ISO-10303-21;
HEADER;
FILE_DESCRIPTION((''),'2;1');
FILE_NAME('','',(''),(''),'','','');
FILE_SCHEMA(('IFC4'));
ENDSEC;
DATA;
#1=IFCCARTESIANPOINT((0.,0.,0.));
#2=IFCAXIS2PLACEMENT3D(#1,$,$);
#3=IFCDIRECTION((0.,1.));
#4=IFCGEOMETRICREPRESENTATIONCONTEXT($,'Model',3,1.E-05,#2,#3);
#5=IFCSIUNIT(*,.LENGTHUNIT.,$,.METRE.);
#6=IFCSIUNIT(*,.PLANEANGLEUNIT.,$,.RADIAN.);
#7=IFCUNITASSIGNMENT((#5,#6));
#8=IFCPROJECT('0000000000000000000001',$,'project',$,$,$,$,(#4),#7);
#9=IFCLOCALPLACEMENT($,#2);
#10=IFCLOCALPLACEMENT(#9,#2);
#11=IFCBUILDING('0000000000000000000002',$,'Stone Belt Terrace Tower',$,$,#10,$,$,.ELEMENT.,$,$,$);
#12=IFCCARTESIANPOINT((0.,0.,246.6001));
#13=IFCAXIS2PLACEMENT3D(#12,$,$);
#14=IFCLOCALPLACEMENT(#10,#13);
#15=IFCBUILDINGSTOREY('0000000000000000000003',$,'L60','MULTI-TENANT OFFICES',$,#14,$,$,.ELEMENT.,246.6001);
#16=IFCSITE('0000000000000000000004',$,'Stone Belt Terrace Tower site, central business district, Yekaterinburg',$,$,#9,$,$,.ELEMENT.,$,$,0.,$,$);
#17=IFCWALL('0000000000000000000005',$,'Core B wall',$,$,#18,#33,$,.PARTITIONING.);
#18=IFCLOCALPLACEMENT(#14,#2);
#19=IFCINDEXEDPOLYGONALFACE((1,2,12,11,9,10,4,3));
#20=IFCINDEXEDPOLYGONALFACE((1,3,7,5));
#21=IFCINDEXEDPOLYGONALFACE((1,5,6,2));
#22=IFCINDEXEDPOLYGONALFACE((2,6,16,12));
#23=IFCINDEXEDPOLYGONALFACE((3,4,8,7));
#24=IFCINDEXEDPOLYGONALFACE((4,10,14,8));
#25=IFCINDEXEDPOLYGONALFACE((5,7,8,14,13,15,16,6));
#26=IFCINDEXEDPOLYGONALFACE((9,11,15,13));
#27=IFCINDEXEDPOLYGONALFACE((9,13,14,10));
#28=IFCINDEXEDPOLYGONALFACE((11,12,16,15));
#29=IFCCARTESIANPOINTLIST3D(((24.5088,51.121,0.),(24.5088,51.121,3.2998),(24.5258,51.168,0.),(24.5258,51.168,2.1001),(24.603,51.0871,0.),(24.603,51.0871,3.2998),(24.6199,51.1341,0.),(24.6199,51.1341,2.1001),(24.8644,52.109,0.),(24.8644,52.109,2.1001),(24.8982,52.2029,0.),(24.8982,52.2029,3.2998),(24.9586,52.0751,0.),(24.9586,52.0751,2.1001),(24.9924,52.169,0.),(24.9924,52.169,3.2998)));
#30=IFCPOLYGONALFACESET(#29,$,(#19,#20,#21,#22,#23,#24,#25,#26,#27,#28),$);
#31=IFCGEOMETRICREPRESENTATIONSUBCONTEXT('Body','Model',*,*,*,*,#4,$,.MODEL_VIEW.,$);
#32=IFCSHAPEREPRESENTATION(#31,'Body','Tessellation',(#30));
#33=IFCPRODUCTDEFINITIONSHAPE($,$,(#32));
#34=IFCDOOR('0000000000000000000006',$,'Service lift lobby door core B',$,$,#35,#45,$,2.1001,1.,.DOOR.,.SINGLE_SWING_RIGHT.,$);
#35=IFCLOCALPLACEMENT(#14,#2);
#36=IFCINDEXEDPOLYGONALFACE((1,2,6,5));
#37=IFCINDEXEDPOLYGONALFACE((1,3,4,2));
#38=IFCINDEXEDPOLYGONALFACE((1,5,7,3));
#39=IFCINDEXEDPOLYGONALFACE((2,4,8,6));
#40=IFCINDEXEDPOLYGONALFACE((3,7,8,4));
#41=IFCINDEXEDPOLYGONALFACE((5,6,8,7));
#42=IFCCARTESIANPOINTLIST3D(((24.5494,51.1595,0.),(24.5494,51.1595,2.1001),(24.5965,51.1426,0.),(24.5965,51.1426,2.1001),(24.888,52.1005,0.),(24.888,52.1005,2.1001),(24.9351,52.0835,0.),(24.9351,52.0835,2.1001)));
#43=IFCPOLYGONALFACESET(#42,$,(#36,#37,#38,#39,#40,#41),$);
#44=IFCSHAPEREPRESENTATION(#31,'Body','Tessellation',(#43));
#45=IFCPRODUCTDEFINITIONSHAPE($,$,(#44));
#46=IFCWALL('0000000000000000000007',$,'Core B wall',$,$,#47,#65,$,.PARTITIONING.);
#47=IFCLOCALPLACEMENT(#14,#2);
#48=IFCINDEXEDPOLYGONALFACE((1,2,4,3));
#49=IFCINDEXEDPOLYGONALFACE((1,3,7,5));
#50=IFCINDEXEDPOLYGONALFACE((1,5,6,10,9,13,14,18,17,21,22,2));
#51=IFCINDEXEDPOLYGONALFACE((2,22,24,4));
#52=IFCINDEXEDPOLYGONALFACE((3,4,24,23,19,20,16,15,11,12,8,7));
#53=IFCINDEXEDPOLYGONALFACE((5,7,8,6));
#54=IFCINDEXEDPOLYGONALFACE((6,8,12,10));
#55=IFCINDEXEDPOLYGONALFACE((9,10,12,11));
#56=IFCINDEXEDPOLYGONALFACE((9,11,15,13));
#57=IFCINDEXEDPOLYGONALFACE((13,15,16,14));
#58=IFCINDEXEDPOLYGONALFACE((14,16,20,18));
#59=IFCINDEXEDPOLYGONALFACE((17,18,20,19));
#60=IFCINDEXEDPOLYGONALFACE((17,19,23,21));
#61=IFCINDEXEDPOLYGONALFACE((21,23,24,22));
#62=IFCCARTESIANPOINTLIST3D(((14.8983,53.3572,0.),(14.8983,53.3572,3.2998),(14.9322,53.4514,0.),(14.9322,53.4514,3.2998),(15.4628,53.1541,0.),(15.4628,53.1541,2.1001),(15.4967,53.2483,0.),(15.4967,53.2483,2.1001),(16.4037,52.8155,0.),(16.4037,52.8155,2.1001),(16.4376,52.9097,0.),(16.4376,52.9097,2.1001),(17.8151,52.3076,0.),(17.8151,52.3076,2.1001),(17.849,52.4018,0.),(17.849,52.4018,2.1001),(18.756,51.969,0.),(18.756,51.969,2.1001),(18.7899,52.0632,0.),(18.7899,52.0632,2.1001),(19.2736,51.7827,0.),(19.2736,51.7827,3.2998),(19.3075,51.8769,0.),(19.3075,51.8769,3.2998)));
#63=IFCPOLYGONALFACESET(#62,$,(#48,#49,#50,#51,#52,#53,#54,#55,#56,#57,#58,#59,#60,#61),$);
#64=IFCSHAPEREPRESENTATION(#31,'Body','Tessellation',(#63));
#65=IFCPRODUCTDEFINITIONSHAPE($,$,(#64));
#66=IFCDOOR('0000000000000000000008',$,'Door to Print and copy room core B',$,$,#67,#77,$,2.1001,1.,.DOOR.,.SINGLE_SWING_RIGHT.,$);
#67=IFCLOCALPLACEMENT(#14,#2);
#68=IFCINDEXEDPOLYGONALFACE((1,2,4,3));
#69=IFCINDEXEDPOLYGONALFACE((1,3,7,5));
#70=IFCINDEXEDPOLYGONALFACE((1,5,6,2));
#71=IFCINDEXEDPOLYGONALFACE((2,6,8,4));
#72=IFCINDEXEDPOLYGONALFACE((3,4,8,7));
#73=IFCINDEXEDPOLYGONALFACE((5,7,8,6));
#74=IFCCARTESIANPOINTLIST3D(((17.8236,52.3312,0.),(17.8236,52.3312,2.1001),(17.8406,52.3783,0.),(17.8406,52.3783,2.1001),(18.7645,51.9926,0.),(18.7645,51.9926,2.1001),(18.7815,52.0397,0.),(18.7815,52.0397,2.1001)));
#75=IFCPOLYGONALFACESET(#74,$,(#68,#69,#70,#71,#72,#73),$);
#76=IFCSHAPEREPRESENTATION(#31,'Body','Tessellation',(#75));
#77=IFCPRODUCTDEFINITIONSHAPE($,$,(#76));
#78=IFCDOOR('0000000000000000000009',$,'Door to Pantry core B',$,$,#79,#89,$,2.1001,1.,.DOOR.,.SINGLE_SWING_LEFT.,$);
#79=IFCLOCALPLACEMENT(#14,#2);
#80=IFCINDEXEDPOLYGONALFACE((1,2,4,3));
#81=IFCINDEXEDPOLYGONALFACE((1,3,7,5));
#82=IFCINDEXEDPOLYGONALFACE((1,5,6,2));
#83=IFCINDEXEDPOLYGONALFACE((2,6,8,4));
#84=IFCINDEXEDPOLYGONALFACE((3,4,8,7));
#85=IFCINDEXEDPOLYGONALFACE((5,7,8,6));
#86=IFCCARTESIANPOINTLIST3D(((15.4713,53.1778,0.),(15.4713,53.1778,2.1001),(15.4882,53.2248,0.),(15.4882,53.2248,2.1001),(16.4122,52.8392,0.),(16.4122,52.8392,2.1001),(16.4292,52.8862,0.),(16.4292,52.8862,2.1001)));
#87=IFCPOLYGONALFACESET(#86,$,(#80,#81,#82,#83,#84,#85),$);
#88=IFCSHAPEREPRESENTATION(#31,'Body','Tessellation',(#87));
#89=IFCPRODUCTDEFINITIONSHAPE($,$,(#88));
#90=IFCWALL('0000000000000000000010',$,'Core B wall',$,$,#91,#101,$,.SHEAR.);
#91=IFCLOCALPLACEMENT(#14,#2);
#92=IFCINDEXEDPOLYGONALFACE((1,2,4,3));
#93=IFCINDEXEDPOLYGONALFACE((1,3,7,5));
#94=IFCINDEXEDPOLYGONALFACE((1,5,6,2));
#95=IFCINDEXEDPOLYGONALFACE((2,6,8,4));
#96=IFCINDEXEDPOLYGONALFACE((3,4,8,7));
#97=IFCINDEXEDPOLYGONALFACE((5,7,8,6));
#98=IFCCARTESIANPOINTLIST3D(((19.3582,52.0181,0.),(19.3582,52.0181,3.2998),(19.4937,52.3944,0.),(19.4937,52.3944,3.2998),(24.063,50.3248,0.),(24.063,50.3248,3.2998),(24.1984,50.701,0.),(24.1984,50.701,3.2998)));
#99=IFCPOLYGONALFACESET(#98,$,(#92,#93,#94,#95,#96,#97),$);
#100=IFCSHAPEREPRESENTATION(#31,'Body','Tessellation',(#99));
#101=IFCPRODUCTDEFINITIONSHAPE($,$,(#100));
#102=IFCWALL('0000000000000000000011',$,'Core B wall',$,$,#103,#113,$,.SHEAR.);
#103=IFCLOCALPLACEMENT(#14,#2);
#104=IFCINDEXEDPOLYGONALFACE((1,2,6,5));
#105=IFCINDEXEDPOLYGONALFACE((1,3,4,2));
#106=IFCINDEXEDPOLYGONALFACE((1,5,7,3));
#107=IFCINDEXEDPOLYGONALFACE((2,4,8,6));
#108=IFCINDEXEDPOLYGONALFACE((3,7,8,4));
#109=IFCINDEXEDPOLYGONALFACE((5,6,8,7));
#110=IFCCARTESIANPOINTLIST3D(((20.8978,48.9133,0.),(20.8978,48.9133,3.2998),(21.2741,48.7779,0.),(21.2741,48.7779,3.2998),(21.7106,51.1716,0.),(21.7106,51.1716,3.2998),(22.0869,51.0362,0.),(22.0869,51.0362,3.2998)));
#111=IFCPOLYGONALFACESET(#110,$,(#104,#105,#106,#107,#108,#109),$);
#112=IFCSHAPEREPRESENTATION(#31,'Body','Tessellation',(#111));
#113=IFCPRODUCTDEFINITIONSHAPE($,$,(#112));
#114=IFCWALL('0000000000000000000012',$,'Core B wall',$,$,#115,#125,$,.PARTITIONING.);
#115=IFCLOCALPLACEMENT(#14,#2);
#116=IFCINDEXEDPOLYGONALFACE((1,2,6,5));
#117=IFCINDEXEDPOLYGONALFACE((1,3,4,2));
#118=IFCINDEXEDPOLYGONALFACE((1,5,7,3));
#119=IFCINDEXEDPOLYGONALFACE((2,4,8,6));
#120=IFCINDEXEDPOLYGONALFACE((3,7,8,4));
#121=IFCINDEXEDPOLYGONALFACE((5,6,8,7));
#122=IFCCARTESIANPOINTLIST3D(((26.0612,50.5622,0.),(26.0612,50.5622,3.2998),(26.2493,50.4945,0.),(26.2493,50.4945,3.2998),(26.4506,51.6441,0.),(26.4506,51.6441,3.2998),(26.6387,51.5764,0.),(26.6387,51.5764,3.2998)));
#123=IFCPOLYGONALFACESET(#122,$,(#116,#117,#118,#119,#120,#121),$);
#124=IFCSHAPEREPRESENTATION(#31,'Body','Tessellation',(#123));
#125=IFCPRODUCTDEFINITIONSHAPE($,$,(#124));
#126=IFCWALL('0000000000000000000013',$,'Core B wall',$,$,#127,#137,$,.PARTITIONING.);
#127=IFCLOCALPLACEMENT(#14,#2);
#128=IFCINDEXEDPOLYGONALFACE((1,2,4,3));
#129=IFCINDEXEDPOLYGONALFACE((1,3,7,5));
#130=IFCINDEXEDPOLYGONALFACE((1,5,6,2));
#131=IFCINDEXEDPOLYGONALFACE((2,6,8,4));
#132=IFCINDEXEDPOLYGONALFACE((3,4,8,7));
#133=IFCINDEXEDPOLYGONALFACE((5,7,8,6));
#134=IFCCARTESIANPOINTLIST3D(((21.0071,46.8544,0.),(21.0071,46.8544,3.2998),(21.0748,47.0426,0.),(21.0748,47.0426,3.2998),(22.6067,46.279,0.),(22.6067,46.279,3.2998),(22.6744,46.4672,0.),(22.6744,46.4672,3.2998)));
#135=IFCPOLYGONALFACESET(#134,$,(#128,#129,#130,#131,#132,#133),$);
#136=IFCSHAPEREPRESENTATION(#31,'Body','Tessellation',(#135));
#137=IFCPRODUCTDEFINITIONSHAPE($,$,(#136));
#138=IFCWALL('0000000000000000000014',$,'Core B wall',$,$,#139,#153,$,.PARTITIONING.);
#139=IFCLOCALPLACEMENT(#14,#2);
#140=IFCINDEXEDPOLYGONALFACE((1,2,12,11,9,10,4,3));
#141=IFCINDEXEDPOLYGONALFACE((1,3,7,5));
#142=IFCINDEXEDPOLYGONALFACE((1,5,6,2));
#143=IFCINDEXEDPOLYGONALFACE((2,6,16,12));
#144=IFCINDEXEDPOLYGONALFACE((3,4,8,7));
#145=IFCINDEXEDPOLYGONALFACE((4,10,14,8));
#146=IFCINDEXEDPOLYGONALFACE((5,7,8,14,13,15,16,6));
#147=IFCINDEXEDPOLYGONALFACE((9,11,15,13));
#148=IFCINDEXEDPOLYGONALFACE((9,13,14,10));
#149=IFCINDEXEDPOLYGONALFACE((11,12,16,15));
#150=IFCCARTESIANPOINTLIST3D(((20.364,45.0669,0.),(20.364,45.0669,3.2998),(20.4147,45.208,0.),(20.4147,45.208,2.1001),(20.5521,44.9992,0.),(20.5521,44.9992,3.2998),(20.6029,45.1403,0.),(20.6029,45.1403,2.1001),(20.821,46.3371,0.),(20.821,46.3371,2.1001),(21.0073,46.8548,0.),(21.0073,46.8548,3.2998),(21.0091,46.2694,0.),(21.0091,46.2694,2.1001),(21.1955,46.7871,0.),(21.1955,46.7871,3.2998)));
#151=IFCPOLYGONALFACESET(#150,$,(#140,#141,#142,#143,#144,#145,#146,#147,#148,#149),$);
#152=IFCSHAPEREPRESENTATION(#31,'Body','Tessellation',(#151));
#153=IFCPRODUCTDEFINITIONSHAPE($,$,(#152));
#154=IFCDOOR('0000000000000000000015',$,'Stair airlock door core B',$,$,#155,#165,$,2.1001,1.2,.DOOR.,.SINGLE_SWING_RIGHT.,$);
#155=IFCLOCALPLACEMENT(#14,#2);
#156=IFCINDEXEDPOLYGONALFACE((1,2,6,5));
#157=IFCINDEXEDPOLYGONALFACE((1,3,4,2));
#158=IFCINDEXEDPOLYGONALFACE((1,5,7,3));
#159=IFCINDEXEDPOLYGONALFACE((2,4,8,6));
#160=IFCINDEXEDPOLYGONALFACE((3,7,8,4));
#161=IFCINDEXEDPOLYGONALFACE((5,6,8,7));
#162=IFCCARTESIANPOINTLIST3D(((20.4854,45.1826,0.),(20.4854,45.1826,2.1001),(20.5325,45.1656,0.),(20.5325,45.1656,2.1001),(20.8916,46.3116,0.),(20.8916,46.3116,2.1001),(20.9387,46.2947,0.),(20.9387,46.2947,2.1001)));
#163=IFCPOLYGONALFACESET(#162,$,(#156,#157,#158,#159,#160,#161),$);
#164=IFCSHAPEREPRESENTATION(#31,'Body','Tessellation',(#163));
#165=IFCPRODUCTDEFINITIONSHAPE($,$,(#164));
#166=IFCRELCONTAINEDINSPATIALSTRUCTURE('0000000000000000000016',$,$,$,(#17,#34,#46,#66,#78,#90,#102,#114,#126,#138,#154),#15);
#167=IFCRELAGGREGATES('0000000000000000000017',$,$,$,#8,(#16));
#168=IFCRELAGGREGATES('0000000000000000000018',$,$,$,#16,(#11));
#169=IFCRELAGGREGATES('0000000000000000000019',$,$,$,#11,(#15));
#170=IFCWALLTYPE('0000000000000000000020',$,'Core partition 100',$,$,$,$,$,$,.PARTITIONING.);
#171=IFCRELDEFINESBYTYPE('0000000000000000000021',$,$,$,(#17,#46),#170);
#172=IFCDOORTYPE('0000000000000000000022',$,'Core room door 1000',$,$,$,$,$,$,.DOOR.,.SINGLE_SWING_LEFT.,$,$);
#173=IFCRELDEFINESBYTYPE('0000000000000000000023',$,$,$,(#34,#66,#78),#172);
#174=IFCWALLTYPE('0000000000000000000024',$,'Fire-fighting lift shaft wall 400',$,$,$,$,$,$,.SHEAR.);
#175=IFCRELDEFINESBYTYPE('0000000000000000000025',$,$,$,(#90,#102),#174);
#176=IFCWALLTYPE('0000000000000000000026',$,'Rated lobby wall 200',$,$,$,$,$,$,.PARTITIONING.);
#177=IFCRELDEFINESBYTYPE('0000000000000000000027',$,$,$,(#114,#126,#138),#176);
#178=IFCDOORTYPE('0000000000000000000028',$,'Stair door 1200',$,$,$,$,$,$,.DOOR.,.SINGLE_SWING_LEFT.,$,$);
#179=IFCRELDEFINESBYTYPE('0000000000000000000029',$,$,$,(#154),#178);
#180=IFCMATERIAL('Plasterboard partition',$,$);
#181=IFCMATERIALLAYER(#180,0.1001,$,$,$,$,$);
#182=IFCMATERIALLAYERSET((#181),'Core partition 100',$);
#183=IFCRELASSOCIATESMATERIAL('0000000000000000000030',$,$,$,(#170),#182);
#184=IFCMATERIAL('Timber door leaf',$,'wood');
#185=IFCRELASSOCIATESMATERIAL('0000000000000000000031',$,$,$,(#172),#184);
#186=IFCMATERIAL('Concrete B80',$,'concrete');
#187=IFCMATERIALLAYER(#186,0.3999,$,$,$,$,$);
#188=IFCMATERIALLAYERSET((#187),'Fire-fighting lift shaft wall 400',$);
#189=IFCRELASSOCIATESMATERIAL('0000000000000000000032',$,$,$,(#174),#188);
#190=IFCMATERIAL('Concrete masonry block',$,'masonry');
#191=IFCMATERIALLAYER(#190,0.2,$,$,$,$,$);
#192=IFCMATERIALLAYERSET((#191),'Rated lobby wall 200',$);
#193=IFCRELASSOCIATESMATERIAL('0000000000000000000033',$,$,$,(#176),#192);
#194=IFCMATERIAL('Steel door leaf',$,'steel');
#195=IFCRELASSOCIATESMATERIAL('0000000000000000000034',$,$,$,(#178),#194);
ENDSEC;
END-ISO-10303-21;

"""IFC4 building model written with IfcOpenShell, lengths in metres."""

from ifc_helpers import new_model, si_unit, direction, frame, frame_2d, origin, place, context, subcontext, project, spatial, rectangle, extrude, material, layer, layer_set, type_object, element, fill, save


model = new_model("IFC4")

# Units and contexts
model_context = context("Model", 3, precision=1e-05, world=origin(), true_north=direction((0.0, 1.0)))
body_context = subcontext(model_context, "Body", "Model", "MODEL_VIEW")
ifc_project = project(units=[si_unit("LENGTHUNIT", "METRE"), si_unit("PLANEANGLEUNIT", "RADIAN")], contexts=[model_context])

# Site, building, storey
site_placement = place(None, origin())
site = spatial("IfcSite", under=ifc_project, at=site_placement, Name="Stone Belt Terrace Tower site, central business district, Yekaterinburg", CompositionType="ELEMENT", RefElevation=0.0)
building_placement = place(site_placement, origin())
building = spatial("IfcBuilding", under=site, at=building_placement, Name="Stone Belt Terrace Tower", CompositionType="ELEMENT")
storey_placement = place(building_placement, frame((0.0, 0.0, 246.6001)))
storey = spatial("IfcBuildingStorey", under=building, at=storey_placement, Name="L60", Description="MULTI-TENANT OFFICES", CompositionType="ELEMENT", Elevation=246.6001)

# Wall, opening, door
ifc_material_1 = material(Name="Plasterboard partition")
ifc_layer_1 = layer(ifc_material_1, 0.1001)
ifc_layer_set_1 = layer_set([ifc_layer_1], Name="Core partition 100")
wall_type_1 = type_object("IfcWallType", Name="Core partition 100", PredefinedType="PARTITIONING", material=ifc_layer_set_1)
wall_1_placement = place(storey_placement, frame((24.5559, 51.104, 0.0), z_axis=(0.0, 0.0, 1.0), x_axis=(0.338622, 0.940923, 0.0)))
wall_1 = element("IfcWall", 1, at=wall_1_placement, inside=storey, type_object=wall_type_1, Name="Core B wall", PredefinedType="PARTITIONING", context=body_context, shape_type="SweptSolid", body=[
    extrude(rectangle(XDim=1.1499, YDim=0.1001, at=frame_2d((0.575, 0.0))), origin(), (0.0, 0.0, 1.0), 3.2998),
])
opening_1_placement = place(wall_1_placement, frame((0.05, 0.0, 0.0)))
opening_1 = element("IfcOpeningElement", 2, at=opening_1_placement, cuts=wall_1, PredefinedType="OPENING", context=body_context, shape_type="SweptSolid", body=[
    extrude(rectangle(XDim=1.0, YDim=2.1001, at=frame_2d((0.5, 1.05))), frame((0.0, 0.0601, 0.0), z_axis=(0.0, -1.0, 0.0), x_axis=(1.0, 0.0, 0.0)), (0.0, 0.0, 1.0), 0.1201),
])
ifc_material_2 = material(Name="Timber door leaf", Category="wood")
door_type_1 = type_object("IfcDoorType", Name="Core room door 1000", OperationType="SINGLE_SWING_LEFT", PredefinedType="DOOR", material=ifc_material_2)
door_1_placement = place(opening_1_placement, origin())
door_1 = element("IfcDoor", 3, at=door_1_placement, inside=storey, type_object=door_type_1, Name="Service lift lobby door core B", OperationType="SINGLE_SWING_RIGHT", OverallHeight=2.1001, OverallWidth=1.0, PredefinedType="DOOR", context=body_context, shape_type="SweptSolid", body=[
    extrude(rectangle(XDim=1.0, YDim=2.1001, at=frame_2d((0.5, 1.05))), frame((0.0, 0.0249, 0.0), z_axis=(0.0, -1.0, 0.0), x_axis=(1.0, 0.0, 0.0)), (0.0, 0.0, 1.0), 0.05),
])
fill(opening_1, door_1)

# Wall, openings, doors
wall_2_placement = place(storey_placement, frame((19.2905, 51.8298, 0.0), z_axis=(0.0, 0.0, 1.0), x_axis=(-0.94093, 0.3386, 0.0)))
wall_2 = element("IfcWall", 4, at=wall_2_placement, inside=storey, type_object=wall_type_1, Name="Core B wall", PredefinedType="PARTITIONING", context=body_context, shape_type="SweptSolid", body=[
    extrude(rectangle(XDim=4.6499, YDim=0.1001, at=frame_2d((2.325, 0.0))), origin(), (0.0, 0.0, 1.0), 3.2998),
])
opening_2_placement = place(wall_2_placement, frame((0.55, 0.0, 0.0)))
opening_2 = element("IfcOpeningElement", 5, at=opening_2_placement, cuts=wall_2, PredefinedType="OPENING", context=body_context, shape_type="SweptSolid", body=[
    extrude(rectangle(XDim=1.0, YDim=2.1001, at=frame_2d((0.5, 1.05))), frame((0.0, 0.0601, 0.0), z_axis=(0.0, -1.0, 0.0), x_axis=(1.0, 0.0, 0.0)), (0.0, 0.0, 1.0), 0.1201),
])
opening_3_placement = place(wall_2_placement, frame((3.05, 0.0, 0.0)))
opening_3 = element("IfcOpeningElement", 6, at=opening_3_placement, cuts=wall_2, PredefinedType="OPENING", context=body_context, shape_type="SweptSolid", body=[
    extrude(rectangle(XDim=1.0, YDim=2.1001, at=frame_2d((0.5, 1.05))), frame((0.0, 0.0601, 0.0), z_axis=(0.0, -1.0, 0.0), x_axis=(1.0, 0.0, 0.0)), (0.0, 0.0, 1.0), 0.1201),
])
door_2_placement = place(opening_2_placement, origin())
door_2 = element("IfcDoor", 7, at=door_2_placement, inside=storey, type_object=door_type_1, Name="Door to Print and copy room core B", OperationType="SINGLE_SWING_RIGHT", OverallHeight=2.1001, OverallWidth=1.0, PredefinedType="DOOR", context=body_context, shape_type="SweptSolid", body=[
    extrude(rectangle(XDim=1.0, YDim=2.1001, at=frame_2d((0.5, 1.05))), frame((0.0, 0.0249, 0.0), z_axis=(0.0, -1.0, 0.0), x_axis=(1.0, 0.0, 0.0)), (0.0, 0.0, 1.0), 0.05),
])
fill(opening_2, door_2)
door_3_placement = place(opening_3_placement, origin())
door_3 = element("IfcDoor", 8, at=door_3_placement, inside=storey, type_object=door_type_1, Name="Door to Pantry core B", OperationType="SINGLE_SWING_LEFT", OverallHeight=2.1001, OverallWidth=1.0, PredefinedType="DOOR", context=body_context, shape_type="SweptSolid", body=[
    extrude(rectangle(XDim=1.0, YDim=2.1001, at=frame_2d((0.5, 1.05))), frame((0.0, 0.0249, 0.0), z_axis=(0.0, -1.0, 0.0), x_axis=(1.0, 0.0, 0.0)), (0.0, 0.0, 1.0), 0.05),
])
fill(opening_3, door_3)

# Walls
ifc_material_3 = material(Name="Concrete B80", Category="concrete")
ifc_layer_2 = layer(ifc_material_3, 0.3999)
ifc_layer_set_2 = layer_set([ifc_layer_2], Name="Fire-fighting lift shaft wall 400")
wall_type_2 = type_object("IfcWallType", Name="Fire-fighting lift shaft wall 400", PredefinedType="SHEAR", material=ifc_layer_set_2)
wall_3_placement = place(storey_placement, frame((24.1306, 50.5129, 0.0), z_axis=(0.0, 0.0, 1.0), x_axis=(-0.940912, 0.338652, 0.0)))
element("IfcWall", 9, at=wall_3_placement, inside=storey, type_object=wall_type_2, Name="Core B wall", PredefinedType="SHEAR", context=body_context, shape_type="SweptSolid", body=[
    extrude(rectangle(XDim=5.0002, YDim=0.3999, at=frame_2d((2.5, 0.0))), origin(), (0.0, 0.0, 1.0), 3.2998),
])
wall_4_placement = place(storey_placement, frame((21.0859, 48.8455, 0.0), z_axis=(0.0, 0.0, 1.0), x_axis=(0.338629, 0.94092, 0.0)))
element("IfcWall", 10, at=wall_4_placement, inside=storey, type_object=wall_type_2, Name="Core B wall", PredefinedType="SHEAR", context=body_context, shape_type="SweptSolid", body=[
    extrude(rectangle(XDim=2.4001, YDim=0.3999, at=frame_2d((1.2002, 0.0))), origin(), (0.0, 0.0, 1.0), 3.2998),
])
ifc_material_4 = material(Name="Concrete masonry block", Category="masonry")
ifc_layer_3 = layer(ifc_material_4, 0.2)
ifc_layer_set_3 = layer_set([ifc_layer_3], Name="Rated lobby wall 200")
wall_type_3 = type_object("IfcWallType", Name="Rated lobby wall 200", PredefinedType="PARTITIONING", material=ifc_layer_set_3)
wall_5_placement = place(storey_placement, frame((26.1553, 50.5283, 0.0), z_axis=(0.0, 0.0, 1.0), x_axis=(0.338622, 0.940923, 0.0)))
element("IfcWall", 11, at=wall_5_placement, inside=storey, type_object=wall_type_3, Name="Core B wall", PredefinedType="PARTITIONING", context=body_context, shape_type="SweptSolid", body=[
    extrude(rectangle(XDim=1.1499, YDim=0.2, at=frame_2d((0.575, 0.0))), origin(), (0.0, 0.0, 1.0), 3.2998),
])
wall_6_placement = place(storey_placement, frame((22.6406, 46.373, 0.0), z_axis=(0.0, 0.0, 1.0), x_axis=(-0.940966, 0.338501, 0.0)))
element("IfcWall", 12, at=wall_6_placement, inside=storey, type_object=wall_type_3, Name="Core B wall", PredefinedType="PARTITIONING", context=body_context, shape_type="SweptSolid", body=[
    extrude(rectangle(XDim=1.7, YDim=0.2, at=frame_2d((0.8501, 0.0))), origin(), (0.0, 0.0, 1.0), 3.2998),
])

# Wall, opening, door
wall_7_placement = place(storey_placement, frame((20.458, 45.033, 0.0), z_axis=(0.0, 0.0, 1.0), x_axis=(0.338574, 0.94094, 0.0)))
wall_7 = element("IfcWall", 13, at=wall_7_placement, inside=storey, type_object=wall_type_3, Name="Core B wall", PredefinedType="PARTITIONING", context=body_context, shape_type="SweptSolid", body=[
    extrude(rectangle(XDim=1.9001, YDim=0.2, at=frame_2d((0.9502, 0.0))), origin(), (0.0, 0.0, 1.0), 3.2998),
])
opening_4_placement = place(wall_7_placement, frame((0.1499, 0.0, 0.0)))
opening_4 = element("IfcOpeningElement", 14, at=opening_4_placement, cuts=wall_7, PredefinedType="OPENING", context=body_context, shape_type="SweptSolid", body=[
    extrude(rectangle(XDim=1.2, YDim=2.1001, at=frame_2d((0.6001, 1.05))), frame((0.0, 0.1099, 0.0), z_axis=(0.0, -1.0, 0.0), x_axis=(1.0, 0.0, 0.0)), (0.0, 0.0, 1.0), 0.22),
])
ifc_material_5 = material(Name="Steel door leaf", Category="steel")
door_type_2 = type_object("IfcDoorType", Name="Stair door 1200", OperationType="SINGLE_SWING_LEFT", PredefinedType="DOOR", material=ifc_material_5)
door_4_placement = place(opening_4_placement, origin())
door_4 = element("IfcDoor", 15, at=door_4_placement, inside=storey, type_object=door_type_2, Name="Stair airlock door core B", OperationType="SINGLE_SWING_RIGHT", OverallHeight=2.1001, OverallWidth=1.2, PredefinedType="DOOR", context=body_context, shape_type="SweptSolid", body=[
    extrude(rectangle(XDim=1.2, YDim=2.1001, at=frame_2d((0.6001, 1.05))), frame((0.0, 0.0249, 0.0), z_axis=(0.0, -1.0, 0.0), x_axis=(1.0, 0.0, 0.0)), (0.0, 0.0, 1.0), 0.05),
])
fill(opening_4, door_4)

save(model, "model.ifc")
